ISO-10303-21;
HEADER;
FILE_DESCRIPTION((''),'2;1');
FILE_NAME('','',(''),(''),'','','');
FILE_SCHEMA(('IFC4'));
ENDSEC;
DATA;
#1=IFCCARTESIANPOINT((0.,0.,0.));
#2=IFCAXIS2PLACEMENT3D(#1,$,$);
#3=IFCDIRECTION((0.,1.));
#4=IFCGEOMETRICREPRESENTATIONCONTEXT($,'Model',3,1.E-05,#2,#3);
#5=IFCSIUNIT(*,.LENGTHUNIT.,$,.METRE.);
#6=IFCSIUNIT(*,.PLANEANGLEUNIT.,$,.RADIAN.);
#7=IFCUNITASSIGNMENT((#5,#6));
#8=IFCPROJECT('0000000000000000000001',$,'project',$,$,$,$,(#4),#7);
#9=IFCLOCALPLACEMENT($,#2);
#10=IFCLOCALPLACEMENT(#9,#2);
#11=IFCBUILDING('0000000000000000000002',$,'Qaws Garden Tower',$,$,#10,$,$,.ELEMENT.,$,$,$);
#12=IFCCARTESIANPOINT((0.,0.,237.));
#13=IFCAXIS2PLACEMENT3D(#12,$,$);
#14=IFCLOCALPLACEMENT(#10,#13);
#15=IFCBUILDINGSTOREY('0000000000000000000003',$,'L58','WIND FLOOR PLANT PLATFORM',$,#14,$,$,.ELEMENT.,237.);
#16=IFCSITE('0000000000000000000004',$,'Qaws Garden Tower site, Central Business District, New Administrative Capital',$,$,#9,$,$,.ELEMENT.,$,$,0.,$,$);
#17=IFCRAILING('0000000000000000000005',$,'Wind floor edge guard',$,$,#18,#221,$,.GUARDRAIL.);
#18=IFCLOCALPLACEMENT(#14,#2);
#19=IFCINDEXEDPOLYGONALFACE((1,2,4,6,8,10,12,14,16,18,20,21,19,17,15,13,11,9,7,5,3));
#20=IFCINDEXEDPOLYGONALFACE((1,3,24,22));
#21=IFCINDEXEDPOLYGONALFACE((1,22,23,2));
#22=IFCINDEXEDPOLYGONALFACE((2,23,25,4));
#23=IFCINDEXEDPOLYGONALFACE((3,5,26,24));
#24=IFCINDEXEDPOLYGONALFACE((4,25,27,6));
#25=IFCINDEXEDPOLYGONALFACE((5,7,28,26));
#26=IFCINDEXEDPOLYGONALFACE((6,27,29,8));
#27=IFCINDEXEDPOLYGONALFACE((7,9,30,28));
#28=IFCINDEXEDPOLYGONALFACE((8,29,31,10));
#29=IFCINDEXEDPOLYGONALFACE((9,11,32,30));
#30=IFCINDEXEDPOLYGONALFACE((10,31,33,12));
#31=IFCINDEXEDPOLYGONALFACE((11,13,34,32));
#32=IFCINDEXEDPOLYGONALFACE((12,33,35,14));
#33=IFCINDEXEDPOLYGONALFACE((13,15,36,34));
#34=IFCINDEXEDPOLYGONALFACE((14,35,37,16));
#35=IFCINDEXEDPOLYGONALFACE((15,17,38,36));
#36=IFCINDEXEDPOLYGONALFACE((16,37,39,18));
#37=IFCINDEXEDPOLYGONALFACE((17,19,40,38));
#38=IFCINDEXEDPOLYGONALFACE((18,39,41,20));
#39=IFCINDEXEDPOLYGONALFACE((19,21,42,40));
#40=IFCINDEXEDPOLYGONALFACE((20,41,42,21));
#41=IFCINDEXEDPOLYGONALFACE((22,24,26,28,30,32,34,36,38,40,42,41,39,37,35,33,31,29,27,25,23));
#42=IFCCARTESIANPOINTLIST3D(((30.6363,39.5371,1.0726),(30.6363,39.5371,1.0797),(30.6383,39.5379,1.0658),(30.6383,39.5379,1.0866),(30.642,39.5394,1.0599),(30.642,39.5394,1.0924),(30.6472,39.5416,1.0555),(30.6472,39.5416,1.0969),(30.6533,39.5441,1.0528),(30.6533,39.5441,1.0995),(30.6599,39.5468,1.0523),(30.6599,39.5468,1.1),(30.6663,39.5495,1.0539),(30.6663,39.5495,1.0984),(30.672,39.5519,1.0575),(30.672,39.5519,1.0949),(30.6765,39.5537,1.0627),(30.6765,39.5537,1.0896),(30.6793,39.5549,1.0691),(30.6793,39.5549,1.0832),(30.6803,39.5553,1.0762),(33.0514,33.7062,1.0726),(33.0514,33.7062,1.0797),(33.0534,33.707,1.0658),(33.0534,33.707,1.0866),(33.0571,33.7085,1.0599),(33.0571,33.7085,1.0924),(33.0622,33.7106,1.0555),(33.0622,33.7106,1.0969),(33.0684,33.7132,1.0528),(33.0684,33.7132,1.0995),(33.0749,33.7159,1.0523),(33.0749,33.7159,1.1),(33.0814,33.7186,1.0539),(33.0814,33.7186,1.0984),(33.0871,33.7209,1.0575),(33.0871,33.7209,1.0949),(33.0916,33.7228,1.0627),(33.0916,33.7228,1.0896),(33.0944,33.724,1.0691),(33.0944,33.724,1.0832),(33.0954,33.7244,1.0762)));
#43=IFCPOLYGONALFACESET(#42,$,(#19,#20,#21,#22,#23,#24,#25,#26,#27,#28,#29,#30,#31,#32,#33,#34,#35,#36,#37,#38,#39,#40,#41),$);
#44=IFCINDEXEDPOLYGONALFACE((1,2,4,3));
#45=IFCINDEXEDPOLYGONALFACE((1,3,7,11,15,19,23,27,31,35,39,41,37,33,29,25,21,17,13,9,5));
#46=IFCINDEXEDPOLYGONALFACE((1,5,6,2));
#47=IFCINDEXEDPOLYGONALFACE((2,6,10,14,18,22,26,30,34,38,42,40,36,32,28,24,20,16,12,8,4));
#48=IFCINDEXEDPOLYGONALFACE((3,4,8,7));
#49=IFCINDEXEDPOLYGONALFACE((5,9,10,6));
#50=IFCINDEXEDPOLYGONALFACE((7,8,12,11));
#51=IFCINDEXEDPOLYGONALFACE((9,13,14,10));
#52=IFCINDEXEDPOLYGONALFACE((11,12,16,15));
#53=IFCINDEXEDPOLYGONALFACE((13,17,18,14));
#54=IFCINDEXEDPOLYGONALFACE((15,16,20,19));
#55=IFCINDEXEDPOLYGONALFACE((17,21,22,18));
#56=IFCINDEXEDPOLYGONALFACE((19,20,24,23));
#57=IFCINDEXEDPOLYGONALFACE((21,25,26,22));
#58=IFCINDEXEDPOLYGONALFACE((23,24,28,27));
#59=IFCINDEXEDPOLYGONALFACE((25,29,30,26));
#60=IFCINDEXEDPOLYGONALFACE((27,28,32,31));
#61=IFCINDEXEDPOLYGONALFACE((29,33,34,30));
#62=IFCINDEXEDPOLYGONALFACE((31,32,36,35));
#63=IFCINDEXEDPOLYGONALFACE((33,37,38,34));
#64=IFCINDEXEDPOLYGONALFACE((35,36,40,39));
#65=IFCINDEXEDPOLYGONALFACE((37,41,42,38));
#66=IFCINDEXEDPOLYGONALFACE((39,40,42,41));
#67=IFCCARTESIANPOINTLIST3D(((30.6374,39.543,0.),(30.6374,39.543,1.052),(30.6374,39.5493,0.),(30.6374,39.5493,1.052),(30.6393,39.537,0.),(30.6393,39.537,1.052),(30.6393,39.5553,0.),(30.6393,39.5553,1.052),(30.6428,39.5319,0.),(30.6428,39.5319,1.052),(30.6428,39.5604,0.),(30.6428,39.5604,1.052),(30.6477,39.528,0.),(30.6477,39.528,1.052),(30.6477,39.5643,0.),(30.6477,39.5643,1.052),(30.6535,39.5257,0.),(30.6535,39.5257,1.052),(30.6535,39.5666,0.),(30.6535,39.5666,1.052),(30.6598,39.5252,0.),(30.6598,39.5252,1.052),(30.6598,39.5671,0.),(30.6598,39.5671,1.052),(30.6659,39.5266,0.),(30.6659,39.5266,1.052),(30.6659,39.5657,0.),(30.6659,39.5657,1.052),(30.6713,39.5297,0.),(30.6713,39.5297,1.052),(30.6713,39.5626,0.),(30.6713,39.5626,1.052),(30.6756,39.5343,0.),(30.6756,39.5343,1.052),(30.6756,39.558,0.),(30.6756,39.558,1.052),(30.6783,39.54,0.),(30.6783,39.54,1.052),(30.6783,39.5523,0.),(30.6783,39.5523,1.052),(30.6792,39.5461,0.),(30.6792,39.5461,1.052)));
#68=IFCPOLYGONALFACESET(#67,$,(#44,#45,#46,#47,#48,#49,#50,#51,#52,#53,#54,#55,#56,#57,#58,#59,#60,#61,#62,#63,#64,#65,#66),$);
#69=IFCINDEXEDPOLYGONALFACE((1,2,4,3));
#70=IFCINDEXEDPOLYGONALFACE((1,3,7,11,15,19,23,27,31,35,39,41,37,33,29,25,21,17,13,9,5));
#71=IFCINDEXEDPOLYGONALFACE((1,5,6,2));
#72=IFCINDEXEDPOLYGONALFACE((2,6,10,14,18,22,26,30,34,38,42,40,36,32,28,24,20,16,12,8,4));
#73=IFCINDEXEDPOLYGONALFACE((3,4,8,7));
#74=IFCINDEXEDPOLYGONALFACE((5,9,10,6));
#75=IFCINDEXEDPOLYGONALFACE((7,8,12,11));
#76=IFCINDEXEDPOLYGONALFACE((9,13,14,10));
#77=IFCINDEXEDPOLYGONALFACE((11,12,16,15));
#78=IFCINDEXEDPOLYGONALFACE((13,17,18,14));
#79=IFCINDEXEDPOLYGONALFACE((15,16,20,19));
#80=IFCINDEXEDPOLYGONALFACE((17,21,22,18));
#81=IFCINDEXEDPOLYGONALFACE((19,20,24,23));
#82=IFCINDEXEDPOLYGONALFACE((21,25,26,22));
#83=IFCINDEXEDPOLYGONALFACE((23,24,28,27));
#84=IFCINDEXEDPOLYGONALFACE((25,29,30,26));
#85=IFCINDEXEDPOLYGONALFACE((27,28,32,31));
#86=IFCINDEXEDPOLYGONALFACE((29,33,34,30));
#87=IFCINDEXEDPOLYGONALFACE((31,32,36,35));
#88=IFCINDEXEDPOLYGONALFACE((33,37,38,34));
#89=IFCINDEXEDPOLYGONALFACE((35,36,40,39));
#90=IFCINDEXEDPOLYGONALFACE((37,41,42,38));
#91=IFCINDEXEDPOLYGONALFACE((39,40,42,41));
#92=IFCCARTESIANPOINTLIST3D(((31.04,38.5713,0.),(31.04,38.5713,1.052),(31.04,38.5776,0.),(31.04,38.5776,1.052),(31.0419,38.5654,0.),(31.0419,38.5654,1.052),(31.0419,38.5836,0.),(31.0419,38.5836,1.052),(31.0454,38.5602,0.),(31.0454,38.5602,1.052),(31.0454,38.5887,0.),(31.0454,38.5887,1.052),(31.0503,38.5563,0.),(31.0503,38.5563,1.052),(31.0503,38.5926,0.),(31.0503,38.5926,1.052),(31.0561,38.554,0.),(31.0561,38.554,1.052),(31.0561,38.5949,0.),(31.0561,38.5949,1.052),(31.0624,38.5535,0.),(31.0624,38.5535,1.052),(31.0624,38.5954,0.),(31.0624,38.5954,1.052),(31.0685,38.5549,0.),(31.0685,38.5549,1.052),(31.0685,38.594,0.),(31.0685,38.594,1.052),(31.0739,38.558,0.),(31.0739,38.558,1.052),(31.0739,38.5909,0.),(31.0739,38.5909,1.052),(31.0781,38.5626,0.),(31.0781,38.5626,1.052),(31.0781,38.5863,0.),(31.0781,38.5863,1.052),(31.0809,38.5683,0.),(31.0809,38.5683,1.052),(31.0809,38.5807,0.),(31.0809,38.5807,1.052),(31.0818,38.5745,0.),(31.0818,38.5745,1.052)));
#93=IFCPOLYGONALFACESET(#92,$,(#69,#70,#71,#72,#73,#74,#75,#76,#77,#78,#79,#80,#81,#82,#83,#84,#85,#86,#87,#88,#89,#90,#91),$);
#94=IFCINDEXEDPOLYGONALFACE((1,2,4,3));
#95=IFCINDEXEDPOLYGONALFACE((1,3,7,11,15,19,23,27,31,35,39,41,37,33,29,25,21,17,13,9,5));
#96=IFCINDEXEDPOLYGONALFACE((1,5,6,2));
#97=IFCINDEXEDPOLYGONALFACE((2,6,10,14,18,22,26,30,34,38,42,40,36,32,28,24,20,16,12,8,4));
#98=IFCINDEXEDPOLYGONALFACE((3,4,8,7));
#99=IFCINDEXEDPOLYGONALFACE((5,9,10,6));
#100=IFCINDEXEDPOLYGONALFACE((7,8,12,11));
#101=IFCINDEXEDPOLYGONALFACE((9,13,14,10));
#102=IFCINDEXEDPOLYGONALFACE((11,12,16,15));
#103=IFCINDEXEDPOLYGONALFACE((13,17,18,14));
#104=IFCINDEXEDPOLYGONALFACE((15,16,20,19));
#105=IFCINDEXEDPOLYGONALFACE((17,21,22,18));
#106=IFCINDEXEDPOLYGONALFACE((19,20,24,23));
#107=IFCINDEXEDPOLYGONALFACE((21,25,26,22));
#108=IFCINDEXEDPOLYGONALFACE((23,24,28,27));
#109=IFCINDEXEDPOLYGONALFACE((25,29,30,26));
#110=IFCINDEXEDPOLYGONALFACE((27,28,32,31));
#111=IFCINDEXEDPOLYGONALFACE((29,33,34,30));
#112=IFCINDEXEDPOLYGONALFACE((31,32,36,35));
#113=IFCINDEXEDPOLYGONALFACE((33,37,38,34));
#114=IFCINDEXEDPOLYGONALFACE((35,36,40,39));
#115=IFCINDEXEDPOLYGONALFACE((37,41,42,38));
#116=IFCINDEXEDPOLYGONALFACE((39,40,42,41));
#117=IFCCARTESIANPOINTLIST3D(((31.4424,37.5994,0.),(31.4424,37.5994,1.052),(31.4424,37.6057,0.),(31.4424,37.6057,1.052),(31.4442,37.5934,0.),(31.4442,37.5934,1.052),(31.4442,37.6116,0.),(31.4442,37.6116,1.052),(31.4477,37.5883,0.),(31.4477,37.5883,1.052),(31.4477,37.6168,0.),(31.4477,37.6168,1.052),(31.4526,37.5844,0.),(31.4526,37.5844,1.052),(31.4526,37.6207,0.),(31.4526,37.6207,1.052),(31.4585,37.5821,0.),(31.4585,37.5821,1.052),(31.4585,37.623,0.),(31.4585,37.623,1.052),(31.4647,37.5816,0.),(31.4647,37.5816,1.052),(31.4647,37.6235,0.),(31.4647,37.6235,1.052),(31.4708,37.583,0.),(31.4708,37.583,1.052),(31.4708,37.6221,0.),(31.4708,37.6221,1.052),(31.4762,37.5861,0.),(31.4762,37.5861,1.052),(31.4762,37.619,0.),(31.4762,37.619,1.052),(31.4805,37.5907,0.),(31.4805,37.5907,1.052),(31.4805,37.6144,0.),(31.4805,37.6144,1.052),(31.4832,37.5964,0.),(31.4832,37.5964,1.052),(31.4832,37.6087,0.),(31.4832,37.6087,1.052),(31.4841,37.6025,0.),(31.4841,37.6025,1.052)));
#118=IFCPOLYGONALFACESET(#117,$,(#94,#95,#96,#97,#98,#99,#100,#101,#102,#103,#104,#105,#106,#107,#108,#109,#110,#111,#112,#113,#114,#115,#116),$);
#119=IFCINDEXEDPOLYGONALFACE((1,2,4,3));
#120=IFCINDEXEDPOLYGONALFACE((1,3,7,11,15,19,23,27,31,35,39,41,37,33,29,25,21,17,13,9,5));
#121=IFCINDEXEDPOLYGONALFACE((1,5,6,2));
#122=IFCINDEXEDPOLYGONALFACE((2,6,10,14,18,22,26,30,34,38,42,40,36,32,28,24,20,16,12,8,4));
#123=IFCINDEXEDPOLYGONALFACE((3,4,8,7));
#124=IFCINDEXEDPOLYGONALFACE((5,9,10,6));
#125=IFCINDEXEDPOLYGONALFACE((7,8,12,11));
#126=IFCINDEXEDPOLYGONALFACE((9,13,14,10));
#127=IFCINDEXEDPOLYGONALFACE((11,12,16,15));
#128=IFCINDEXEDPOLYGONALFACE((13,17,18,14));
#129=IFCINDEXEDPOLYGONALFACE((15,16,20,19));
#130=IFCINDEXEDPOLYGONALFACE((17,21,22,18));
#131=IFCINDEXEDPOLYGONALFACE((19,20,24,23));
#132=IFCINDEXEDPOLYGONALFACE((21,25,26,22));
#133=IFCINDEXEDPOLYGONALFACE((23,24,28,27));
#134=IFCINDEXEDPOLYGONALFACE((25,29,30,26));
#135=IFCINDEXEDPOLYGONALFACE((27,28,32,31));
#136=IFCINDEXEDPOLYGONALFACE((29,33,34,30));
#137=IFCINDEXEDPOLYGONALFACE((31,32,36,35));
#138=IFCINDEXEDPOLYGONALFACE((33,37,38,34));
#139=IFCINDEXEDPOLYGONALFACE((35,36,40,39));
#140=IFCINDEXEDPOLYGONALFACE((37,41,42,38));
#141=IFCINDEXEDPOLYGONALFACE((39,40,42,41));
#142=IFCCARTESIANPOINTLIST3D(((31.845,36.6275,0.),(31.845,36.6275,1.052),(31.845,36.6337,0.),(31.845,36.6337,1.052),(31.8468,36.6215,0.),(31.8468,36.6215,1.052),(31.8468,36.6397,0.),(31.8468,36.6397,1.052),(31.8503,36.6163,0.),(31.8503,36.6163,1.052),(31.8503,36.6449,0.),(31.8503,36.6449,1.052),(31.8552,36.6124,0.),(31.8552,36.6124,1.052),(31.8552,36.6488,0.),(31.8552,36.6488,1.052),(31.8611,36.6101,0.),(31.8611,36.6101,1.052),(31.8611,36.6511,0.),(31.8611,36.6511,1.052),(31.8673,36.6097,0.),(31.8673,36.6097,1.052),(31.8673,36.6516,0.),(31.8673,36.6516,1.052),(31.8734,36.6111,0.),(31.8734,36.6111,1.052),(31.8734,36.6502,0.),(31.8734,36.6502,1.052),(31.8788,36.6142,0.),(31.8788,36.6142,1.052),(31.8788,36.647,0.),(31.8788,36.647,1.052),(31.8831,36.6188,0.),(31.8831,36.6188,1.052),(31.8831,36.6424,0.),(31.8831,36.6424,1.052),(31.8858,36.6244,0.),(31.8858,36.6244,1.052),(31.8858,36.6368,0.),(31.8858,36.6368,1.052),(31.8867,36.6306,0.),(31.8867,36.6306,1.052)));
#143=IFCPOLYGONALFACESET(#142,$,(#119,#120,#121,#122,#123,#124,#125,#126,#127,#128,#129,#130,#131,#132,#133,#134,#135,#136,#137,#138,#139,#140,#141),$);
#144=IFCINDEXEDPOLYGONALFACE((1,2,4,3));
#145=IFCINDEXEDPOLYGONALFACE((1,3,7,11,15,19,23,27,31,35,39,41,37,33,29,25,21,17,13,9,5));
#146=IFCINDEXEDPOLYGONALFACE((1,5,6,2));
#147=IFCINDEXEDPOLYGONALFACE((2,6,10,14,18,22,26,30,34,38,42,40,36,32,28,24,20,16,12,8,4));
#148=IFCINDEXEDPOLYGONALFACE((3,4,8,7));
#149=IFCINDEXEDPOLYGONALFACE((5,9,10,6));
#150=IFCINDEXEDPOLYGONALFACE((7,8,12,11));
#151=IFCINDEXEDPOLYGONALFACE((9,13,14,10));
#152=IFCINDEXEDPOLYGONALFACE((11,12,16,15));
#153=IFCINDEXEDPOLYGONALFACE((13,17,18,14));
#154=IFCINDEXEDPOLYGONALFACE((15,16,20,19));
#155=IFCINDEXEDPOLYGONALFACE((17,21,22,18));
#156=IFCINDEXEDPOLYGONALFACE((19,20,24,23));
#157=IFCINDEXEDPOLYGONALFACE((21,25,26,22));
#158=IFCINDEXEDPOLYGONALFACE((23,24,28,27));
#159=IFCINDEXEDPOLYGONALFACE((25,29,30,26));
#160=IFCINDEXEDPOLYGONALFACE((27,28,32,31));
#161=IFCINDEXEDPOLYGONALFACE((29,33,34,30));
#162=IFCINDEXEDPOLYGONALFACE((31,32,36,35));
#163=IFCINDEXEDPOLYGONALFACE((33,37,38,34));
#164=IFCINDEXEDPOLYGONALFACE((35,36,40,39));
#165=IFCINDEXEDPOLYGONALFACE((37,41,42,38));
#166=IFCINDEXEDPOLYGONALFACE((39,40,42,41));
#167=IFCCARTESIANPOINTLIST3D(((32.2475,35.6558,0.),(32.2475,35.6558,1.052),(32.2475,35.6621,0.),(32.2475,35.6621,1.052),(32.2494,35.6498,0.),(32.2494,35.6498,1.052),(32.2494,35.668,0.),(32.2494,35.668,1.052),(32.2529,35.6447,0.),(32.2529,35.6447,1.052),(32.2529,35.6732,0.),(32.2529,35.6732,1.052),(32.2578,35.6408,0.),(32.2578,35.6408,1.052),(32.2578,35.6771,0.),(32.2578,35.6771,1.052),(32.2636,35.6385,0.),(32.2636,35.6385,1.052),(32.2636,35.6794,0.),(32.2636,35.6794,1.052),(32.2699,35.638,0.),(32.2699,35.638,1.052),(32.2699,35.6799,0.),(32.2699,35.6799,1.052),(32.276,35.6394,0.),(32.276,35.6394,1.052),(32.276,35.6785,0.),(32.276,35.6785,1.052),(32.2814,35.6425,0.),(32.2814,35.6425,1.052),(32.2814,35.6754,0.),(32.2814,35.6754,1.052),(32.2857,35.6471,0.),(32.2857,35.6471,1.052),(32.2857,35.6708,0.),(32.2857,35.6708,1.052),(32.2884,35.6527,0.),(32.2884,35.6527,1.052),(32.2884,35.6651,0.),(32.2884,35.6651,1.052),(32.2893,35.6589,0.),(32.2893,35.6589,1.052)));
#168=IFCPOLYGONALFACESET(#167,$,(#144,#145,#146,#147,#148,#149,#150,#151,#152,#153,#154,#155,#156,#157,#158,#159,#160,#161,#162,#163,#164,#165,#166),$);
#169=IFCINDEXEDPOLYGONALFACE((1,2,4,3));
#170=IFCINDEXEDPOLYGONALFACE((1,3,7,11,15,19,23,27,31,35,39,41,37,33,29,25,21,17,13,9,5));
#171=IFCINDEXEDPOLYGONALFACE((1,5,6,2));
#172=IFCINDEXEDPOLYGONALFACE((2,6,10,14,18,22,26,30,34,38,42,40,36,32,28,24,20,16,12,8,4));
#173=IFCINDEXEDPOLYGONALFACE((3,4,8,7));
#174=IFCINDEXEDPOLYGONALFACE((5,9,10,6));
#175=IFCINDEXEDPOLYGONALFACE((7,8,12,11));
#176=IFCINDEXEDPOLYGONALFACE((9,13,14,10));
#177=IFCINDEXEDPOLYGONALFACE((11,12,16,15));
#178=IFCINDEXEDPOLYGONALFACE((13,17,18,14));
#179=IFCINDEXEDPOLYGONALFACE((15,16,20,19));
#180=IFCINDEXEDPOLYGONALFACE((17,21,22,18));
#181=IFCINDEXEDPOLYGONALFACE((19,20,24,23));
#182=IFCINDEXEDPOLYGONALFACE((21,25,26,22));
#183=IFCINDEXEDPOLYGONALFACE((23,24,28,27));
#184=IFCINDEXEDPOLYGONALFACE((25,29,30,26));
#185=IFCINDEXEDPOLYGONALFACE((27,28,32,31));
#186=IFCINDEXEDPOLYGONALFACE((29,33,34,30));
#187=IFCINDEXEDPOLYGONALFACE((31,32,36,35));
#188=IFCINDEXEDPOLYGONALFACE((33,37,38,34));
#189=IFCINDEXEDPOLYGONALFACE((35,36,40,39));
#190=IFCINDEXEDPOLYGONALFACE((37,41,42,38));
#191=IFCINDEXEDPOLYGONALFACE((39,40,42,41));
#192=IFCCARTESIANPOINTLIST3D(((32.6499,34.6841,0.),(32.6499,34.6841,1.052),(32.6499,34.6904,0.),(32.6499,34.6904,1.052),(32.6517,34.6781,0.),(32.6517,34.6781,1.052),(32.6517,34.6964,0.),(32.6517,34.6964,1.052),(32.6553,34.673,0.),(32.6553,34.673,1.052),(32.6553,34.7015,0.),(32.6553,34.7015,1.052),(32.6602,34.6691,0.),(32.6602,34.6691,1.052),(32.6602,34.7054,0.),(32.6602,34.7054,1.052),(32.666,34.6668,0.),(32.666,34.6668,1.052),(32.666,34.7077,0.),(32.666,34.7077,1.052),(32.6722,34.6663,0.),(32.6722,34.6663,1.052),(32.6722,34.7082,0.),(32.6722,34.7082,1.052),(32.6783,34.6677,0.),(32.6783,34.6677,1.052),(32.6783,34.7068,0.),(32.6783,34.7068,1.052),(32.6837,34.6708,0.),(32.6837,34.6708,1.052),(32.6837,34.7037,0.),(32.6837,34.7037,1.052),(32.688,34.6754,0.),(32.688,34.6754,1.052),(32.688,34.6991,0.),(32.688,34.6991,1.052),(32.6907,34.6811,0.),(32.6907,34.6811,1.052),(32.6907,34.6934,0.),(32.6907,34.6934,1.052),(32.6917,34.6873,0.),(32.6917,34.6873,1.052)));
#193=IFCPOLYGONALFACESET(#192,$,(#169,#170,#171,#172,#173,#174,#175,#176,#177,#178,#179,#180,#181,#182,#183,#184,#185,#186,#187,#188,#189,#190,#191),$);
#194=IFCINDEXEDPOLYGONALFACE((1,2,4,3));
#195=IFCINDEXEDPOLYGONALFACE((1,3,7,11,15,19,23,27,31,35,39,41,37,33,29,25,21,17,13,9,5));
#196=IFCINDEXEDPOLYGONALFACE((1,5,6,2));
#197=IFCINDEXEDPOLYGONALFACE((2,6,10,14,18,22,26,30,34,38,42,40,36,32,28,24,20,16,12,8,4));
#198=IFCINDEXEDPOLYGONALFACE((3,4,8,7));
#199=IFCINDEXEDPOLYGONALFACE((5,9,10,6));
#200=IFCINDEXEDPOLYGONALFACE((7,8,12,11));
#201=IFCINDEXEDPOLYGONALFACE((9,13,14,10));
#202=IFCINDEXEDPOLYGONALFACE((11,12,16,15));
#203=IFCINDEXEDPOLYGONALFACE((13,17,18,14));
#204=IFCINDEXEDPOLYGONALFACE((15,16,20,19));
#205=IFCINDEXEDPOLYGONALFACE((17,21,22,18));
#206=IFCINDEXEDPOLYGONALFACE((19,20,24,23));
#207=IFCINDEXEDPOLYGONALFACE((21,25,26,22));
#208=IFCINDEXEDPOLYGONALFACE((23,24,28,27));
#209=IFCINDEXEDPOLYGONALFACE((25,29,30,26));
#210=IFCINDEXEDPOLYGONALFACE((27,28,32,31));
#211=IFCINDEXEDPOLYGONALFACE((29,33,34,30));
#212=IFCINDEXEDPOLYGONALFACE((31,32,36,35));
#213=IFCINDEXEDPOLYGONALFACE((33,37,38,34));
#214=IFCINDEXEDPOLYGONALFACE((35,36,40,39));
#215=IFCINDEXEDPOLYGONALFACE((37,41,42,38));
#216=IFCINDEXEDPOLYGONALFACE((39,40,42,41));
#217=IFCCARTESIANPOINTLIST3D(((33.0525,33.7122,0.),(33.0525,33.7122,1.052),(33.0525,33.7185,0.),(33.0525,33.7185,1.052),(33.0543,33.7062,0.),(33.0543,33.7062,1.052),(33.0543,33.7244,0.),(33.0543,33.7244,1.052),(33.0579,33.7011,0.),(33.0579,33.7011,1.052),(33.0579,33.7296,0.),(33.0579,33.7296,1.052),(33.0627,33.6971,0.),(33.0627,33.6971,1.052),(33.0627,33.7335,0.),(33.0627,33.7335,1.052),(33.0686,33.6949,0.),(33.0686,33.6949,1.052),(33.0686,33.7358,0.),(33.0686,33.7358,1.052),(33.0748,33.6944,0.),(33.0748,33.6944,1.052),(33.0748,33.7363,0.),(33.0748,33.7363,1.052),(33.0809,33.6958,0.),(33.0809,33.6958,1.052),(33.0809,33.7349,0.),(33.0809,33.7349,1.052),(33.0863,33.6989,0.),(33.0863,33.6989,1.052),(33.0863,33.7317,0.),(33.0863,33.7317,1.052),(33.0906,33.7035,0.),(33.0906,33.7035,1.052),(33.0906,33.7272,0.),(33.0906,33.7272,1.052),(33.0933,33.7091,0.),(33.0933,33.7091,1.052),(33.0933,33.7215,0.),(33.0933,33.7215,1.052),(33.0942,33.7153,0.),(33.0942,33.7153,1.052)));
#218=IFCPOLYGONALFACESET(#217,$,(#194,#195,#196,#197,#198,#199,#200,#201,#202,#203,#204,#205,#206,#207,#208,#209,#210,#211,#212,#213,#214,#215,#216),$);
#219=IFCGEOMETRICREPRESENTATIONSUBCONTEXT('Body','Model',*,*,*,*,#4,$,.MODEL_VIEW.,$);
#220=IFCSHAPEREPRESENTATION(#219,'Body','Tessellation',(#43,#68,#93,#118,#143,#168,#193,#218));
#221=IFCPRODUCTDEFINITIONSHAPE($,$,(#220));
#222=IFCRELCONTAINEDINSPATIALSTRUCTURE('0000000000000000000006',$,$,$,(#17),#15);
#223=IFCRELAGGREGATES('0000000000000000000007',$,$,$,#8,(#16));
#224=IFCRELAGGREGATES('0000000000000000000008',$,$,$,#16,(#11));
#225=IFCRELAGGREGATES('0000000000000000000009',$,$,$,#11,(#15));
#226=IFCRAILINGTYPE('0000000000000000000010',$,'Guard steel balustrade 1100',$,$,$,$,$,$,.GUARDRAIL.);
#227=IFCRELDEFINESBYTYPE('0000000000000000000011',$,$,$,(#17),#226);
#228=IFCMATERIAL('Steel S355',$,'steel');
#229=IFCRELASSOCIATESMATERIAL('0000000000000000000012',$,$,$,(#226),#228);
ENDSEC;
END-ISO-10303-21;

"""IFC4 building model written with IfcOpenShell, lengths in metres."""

from ifc_helpers import new_model, si_unit, direction, frame, origin, origin_2d, place, context, subcontext, project, spatial, circle, extrude, material, type_object, element, save


model = new_model("IFC4")

# Units and contexts
model_context = context("Model", 3, precision=1e-05, world=origin(), true_north=direction((0.0, 1.0)))
body_context = subcontext(model_context, "Body", "Model", "MODEL_VIEW")
ifc_project = project(units=[si_unit("LENGTHUNIT", "METRE"), si_unit("PLANEANGLEUNIT", "RADIAN")], contexts=[model_context])

# Site, building, storey
site_placement = place(None, origin())
site = spatial("IfcSite", under=ifc_project, at=site_placement, Name="Qaws Garden Tower site, Central Business District, New Administrative Capital", CompositionType="ELEMENT", RefElevation=0.0)
building_placement = place(site_placement, origin())
building = spatial("IfcBuilding", under=site, at=building_placement, Name="Qaws Garden Tower", CompositionType="ELEMENT")
storey_placement = place(building_placement, frame((0.0, 0.0, 237.0)))
storey = spatial("IfcBuildingStorey", under=building, at=storey_placement, Name="L58", Description="WIND FLOOR PLANT PLATFORM", CompositionType="ELEMENT", Elevation=237.0)

# Railing
ifc_material_1 = material(Name="Steel S355", Category="steel")
railing_type = type_object("IfcRailingType", Name="Guard steel balustrade 1100", PredefinedType="GUARDRAIL", material=ifc_material_1)
railing_placement = place(storey_placement, frame((30.6582, 39.5461, 0.0)))
element("IfcRailing", 1, at=railing_placement, inside=storey, type_object=railing_type, Name="Wind floor edge guard", PredefinedType="GUARDRAIL", context=body_context, shape_type="SweptSolid", body=[
    extrude(circle(Radius=0.0239, at=origin_2d()), frame((0.0, 0.0, 1.0762), z_axis=(0.382662, -0.923889, 0.0), x_axis=(0.923889, 0.382662, 0.0)), (0.0, 0.0, 1.0), 6.3113),
    extrude(circle(Radius=0.021, at=origin_2d()), origin(), (0.0, 0.0, 1.0), 1.052),
    extrude(circle(Radius=0.021, at=origin_2d()), frame((0.4026, -0.9717, 0.0)), (0.0, 0.0, 1.0), 1.052),
    extrude(circle(Radius=0.021, at=origin_2d()), frame((0.8049, -1.9436, 0.0)), (0.0, 0.0, 1.0), 1.052),
    extrude(circle(Radius=0.021, at=origin_2d()), frame((1.2075, -2.9155, 0.0)), (0.0, 0.0, 1.0), 1.052),
    extrude(circle(Radius=0.021, at=origin_2d()), frame((1.6101, -3.8872, 0.0)), (0.0, 0.0, 1.0), 1.052),
    extrude(circle(Radius=0.021, at=origin_2d()), frame((2.0125, -4.8589, 0.0)), (0.0, 0.0, 1.0), 1.052),
    extrude(circle(Radius=0.021, at=origin_2d()), frame((2.415, -5.8308, 0.0)), (0.0, 0.0, 1.0), 1.052),
])

save(model, "model.ifc")
